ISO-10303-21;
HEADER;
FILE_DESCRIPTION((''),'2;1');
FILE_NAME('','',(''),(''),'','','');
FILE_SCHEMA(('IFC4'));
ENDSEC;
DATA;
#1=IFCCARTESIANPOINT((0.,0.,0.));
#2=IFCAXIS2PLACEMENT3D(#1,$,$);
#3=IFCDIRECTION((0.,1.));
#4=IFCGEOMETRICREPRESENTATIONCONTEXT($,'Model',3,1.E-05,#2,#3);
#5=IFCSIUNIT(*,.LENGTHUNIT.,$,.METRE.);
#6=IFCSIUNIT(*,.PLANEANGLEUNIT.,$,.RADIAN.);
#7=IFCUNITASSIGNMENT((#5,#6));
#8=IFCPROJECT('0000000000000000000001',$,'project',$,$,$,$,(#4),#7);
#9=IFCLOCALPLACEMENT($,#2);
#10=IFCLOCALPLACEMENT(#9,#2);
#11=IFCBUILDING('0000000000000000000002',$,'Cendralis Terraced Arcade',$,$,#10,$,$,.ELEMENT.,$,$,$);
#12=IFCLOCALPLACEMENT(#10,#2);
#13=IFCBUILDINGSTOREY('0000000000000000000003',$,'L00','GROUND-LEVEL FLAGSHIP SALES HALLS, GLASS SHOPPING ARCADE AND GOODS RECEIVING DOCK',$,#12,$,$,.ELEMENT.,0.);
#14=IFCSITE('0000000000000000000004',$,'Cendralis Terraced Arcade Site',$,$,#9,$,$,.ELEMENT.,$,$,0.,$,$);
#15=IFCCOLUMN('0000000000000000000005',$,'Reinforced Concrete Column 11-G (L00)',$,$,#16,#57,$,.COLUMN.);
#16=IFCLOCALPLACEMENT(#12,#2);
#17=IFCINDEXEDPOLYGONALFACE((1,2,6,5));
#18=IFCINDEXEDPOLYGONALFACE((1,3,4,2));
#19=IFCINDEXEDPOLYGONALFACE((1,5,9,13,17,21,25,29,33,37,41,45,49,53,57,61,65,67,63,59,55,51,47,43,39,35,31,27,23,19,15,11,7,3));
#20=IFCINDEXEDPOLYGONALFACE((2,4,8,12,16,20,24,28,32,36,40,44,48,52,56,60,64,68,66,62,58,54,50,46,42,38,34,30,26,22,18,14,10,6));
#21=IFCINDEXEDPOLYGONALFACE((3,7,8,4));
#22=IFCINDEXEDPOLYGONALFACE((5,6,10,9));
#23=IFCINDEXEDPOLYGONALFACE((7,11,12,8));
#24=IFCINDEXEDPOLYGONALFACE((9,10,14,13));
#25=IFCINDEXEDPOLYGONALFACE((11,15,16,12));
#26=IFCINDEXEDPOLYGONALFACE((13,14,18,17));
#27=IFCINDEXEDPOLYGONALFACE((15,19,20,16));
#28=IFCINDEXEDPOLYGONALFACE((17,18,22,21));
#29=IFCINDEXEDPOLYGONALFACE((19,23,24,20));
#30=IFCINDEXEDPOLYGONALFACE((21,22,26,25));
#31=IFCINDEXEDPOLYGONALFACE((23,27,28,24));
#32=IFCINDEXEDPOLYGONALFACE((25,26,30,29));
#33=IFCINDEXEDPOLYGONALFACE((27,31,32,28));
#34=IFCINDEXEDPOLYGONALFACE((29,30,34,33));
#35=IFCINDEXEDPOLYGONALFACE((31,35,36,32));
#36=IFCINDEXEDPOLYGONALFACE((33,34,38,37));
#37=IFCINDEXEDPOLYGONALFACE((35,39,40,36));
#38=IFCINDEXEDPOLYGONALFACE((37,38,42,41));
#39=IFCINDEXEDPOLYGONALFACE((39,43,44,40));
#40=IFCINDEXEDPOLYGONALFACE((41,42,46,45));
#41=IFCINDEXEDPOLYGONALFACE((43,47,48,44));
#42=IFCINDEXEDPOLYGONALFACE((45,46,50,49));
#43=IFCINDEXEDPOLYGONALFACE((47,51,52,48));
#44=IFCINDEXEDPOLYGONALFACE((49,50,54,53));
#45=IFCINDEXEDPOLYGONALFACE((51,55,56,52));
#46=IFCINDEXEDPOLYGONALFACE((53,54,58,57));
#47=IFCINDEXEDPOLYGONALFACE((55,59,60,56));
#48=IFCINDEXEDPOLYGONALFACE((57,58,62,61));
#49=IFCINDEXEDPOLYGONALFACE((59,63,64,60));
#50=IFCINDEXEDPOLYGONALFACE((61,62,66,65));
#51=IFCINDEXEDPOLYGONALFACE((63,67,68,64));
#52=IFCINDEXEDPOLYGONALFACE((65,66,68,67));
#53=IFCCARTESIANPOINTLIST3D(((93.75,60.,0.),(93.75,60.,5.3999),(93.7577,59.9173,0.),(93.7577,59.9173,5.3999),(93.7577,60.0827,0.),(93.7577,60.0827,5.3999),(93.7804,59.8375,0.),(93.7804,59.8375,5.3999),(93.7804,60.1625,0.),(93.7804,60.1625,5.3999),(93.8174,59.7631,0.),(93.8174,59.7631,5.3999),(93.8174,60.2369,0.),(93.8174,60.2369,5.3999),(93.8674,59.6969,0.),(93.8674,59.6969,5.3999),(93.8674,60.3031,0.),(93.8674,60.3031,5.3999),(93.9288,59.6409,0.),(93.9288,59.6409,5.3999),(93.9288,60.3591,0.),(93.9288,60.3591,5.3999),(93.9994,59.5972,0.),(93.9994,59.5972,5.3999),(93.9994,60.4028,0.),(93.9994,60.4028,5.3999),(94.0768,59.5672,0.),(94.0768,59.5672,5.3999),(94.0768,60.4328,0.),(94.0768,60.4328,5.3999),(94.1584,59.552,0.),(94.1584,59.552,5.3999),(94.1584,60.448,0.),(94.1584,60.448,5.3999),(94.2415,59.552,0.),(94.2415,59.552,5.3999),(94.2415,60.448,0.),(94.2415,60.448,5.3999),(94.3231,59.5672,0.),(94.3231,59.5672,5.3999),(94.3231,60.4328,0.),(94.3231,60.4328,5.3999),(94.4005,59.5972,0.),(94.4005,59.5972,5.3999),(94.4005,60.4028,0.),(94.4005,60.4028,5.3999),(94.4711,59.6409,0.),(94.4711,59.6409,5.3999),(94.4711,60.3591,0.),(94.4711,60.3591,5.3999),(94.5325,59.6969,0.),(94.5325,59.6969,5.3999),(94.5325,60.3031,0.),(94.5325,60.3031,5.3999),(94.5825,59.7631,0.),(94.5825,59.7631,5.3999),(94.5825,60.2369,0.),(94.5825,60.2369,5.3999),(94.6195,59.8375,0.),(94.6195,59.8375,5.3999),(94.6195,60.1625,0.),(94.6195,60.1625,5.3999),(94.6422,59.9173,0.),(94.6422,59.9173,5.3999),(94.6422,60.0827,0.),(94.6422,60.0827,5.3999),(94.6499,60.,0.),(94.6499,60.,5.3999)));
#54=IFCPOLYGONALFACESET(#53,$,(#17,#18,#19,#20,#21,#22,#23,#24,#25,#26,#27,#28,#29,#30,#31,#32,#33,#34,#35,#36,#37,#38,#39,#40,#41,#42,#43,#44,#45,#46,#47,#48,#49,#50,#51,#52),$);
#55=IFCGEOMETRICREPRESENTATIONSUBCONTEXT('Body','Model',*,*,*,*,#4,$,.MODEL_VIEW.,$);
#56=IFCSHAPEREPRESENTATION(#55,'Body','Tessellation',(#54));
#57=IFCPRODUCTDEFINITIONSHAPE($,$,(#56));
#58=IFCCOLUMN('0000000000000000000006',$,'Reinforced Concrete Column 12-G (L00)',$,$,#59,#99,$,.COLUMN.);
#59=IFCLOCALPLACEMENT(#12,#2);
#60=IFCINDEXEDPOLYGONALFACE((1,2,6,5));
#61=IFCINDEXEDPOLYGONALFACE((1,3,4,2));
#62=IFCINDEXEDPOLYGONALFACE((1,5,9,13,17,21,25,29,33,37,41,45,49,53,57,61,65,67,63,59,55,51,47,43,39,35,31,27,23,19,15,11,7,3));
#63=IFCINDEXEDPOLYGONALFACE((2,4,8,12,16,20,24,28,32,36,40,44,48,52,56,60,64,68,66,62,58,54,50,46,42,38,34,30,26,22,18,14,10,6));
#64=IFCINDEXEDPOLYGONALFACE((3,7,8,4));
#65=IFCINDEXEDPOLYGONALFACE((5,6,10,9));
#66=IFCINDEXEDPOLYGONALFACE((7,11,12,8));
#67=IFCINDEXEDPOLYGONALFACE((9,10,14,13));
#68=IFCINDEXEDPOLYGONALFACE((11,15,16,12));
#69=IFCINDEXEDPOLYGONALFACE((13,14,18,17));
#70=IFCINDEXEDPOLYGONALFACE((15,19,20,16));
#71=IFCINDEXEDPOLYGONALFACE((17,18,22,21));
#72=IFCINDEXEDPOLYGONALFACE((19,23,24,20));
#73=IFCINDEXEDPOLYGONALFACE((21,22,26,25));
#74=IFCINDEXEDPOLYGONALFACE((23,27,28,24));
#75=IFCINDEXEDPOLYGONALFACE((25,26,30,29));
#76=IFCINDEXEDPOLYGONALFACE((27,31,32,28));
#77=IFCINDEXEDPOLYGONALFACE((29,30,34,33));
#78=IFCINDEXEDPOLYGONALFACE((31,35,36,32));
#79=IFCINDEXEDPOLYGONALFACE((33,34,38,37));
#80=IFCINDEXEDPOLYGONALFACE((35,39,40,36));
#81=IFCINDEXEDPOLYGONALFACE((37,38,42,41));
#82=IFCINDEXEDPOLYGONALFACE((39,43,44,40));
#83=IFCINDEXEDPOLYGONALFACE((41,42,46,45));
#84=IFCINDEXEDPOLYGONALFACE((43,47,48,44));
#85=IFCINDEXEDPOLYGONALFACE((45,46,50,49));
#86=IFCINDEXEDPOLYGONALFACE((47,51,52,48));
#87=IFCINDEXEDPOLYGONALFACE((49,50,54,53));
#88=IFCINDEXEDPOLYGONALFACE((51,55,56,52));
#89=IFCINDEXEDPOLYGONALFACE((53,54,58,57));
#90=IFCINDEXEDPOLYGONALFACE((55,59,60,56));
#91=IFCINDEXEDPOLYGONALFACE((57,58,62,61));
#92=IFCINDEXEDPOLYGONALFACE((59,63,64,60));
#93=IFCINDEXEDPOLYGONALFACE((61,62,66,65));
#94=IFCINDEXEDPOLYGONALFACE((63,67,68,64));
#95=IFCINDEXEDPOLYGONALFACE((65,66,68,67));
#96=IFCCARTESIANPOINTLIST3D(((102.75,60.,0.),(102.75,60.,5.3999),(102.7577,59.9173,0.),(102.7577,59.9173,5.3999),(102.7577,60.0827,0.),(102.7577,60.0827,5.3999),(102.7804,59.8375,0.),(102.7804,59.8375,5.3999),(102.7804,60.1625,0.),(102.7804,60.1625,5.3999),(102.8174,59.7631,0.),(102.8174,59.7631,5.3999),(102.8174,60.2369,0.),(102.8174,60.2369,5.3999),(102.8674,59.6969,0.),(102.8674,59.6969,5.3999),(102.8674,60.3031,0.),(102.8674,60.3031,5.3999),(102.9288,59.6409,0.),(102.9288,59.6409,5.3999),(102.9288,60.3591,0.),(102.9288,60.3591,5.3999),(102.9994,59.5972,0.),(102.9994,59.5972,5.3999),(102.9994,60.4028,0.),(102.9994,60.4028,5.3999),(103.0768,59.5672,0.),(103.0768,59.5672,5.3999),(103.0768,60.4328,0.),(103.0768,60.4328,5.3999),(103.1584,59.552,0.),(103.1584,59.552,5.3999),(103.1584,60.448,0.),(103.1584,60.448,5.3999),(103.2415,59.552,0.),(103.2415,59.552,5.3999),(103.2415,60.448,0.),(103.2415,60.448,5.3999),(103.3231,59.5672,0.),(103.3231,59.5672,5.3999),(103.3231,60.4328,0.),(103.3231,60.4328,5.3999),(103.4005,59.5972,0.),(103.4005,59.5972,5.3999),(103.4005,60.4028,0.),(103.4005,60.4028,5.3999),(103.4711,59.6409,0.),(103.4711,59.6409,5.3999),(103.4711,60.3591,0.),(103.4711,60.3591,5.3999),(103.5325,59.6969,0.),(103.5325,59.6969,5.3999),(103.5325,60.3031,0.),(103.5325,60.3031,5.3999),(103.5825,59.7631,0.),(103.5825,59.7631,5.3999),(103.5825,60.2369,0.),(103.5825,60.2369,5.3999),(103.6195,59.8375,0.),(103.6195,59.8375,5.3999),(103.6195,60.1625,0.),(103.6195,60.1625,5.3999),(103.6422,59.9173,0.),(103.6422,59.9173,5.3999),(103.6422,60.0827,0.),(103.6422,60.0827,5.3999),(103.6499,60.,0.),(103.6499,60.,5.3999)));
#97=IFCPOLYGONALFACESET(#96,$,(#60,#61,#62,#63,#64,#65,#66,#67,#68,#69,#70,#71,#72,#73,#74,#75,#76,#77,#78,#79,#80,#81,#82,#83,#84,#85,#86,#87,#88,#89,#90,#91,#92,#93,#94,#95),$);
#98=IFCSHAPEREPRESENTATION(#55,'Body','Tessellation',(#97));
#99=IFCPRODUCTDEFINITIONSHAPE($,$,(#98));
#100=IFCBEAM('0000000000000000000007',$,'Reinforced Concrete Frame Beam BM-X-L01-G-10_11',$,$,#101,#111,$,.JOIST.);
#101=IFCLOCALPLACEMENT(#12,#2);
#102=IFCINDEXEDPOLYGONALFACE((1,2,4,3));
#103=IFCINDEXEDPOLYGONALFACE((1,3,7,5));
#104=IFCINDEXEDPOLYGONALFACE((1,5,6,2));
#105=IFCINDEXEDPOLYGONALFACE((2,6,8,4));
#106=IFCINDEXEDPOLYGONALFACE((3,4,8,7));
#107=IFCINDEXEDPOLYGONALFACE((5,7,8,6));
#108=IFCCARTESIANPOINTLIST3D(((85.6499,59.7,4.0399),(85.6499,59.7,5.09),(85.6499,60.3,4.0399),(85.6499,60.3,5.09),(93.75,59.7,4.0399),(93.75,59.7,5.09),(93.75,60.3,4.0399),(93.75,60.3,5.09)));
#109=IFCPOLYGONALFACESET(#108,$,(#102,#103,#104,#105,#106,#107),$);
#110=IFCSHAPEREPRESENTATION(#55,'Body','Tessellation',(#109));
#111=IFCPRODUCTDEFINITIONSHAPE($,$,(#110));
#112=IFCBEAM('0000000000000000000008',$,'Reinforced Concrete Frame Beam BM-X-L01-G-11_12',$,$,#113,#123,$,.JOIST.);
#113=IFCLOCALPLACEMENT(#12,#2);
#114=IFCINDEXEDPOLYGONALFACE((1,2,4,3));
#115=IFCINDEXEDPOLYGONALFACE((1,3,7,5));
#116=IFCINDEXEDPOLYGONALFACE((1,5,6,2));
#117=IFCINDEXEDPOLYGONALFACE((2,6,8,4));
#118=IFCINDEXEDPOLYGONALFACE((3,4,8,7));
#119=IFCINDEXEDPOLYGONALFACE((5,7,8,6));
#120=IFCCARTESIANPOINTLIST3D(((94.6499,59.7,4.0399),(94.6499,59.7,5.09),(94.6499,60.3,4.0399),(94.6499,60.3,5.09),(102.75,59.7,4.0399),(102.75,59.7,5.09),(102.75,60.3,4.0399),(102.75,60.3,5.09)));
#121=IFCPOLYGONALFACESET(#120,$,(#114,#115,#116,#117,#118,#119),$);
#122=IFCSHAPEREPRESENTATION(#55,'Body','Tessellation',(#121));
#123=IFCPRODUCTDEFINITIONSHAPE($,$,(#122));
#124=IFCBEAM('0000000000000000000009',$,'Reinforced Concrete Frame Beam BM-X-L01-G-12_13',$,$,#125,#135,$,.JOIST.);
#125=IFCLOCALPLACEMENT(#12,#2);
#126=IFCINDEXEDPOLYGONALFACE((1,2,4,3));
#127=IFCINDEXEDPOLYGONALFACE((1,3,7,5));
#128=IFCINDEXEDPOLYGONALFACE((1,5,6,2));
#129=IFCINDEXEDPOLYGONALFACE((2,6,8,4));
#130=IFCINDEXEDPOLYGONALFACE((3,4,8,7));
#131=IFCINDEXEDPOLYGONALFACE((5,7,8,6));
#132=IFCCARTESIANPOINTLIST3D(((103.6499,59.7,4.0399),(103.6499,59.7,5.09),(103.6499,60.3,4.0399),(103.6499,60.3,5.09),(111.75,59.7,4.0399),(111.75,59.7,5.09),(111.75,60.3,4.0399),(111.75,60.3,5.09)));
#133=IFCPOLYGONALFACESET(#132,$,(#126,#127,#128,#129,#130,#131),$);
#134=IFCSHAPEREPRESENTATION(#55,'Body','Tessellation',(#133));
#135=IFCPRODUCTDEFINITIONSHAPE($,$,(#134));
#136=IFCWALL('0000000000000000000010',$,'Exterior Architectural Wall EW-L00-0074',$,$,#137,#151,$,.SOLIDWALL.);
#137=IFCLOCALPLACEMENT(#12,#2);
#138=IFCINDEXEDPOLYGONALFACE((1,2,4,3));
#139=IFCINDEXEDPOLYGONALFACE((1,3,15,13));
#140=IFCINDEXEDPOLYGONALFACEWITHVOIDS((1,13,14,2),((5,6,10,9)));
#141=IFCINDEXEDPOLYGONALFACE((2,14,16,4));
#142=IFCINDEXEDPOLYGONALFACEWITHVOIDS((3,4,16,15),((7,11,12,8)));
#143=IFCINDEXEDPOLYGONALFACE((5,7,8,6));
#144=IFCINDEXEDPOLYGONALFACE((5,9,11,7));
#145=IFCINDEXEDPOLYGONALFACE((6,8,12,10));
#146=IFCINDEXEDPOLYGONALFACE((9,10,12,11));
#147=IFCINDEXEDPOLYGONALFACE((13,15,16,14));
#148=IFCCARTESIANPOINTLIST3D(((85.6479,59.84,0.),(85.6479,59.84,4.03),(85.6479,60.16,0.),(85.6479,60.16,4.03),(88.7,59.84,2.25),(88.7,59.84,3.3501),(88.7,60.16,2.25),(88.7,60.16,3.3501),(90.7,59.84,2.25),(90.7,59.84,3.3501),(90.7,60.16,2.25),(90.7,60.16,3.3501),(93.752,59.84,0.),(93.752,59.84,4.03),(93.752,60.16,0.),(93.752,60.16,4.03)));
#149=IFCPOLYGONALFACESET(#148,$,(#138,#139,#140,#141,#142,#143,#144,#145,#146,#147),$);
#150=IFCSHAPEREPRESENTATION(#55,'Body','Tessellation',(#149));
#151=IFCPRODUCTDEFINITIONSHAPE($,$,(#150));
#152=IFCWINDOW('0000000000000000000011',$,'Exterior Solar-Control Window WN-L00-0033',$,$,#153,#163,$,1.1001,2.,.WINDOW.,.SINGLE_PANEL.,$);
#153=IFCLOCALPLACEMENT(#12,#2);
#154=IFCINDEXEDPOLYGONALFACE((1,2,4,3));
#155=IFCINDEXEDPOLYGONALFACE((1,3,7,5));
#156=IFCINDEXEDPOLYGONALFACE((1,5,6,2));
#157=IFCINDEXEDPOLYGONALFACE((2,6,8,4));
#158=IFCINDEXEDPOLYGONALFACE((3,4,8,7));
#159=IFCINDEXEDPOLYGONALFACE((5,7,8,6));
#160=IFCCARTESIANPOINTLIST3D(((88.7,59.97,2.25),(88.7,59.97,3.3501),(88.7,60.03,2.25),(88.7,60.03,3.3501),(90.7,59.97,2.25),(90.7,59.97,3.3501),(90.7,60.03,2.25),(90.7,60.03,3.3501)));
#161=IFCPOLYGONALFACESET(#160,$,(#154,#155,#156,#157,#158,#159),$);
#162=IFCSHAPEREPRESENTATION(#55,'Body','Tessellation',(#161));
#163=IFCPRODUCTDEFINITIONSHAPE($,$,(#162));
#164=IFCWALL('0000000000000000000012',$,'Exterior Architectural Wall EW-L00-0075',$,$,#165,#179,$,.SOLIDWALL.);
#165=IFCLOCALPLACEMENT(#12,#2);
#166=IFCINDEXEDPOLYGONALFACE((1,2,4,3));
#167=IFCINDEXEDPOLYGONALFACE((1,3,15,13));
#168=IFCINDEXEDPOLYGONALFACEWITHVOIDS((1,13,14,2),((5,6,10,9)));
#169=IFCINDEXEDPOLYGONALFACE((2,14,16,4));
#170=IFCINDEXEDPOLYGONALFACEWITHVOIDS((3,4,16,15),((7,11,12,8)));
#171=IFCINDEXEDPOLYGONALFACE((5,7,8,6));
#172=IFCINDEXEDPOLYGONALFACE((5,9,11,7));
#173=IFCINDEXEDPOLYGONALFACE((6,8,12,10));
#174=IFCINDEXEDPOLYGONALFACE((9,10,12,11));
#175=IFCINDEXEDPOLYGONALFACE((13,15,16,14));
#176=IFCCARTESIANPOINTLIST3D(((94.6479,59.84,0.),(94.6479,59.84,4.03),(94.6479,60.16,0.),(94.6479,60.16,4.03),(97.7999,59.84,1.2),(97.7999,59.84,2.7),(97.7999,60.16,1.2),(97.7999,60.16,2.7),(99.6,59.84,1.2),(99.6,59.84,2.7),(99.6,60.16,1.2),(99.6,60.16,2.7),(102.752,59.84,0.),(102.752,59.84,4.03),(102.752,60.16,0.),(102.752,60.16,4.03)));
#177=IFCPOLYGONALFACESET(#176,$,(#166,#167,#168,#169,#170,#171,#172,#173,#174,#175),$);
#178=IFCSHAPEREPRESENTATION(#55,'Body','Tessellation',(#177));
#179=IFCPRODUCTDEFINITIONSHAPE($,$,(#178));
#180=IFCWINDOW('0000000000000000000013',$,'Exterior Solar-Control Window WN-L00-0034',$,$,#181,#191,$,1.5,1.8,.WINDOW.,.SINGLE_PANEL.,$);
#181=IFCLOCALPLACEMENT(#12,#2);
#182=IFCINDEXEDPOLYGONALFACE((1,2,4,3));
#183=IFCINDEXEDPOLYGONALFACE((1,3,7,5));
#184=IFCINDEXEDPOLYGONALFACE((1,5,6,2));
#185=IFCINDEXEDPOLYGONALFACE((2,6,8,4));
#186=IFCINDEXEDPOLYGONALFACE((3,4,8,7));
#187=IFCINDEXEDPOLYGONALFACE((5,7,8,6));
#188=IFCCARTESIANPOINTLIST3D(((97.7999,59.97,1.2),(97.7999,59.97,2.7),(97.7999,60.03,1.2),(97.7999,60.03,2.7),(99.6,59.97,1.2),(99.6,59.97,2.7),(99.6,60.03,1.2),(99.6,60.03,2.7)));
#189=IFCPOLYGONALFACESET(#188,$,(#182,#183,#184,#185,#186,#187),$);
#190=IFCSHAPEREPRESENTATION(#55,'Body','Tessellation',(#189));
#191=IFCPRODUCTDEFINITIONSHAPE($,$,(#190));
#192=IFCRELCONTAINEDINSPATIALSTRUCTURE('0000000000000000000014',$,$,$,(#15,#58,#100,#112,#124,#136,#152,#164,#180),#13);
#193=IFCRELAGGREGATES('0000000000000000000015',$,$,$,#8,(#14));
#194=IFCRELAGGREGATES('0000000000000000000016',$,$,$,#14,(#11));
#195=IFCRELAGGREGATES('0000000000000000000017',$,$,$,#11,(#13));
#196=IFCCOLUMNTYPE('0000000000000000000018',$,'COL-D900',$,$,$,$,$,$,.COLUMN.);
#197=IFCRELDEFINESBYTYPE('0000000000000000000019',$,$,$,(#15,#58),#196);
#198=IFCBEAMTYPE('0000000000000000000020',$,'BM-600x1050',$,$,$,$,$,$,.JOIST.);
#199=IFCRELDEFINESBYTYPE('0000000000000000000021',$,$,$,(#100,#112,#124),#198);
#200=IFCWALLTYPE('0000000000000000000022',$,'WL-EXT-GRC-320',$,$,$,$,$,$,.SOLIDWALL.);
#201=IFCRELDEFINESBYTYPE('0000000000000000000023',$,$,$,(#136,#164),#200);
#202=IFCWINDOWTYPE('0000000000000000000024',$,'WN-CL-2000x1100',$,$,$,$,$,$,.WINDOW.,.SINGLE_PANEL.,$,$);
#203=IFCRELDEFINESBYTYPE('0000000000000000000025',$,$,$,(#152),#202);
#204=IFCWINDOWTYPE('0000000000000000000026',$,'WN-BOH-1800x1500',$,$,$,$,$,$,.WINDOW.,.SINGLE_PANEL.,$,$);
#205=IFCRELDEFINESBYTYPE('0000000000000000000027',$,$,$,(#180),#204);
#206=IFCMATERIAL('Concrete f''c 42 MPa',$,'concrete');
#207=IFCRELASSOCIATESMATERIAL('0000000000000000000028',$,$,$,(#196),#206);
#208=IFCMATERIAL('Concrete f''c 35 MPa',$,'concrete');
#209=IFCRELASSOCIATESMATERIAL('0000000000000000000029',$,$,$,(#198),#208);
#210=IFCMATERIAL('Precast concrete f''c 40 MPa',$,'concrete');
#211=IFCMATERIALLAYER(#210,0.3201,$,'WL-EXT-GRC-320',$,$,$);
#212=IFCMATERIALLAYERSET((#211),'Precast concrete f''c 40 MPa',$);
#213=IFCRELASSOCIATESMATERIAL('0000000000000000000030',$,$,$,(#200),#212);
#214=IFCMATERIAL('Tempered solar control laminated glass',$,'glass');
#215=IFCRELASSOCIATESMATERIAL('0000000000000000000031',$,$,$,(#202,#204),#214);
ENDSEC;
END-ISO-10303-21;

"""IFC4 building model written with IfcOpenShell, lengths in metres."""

from ifc_helpers import new_model, si_unit, direction, frame, frame_2d, origin, origin_2d, place, context, subcontext, project, spatial, rectangle, circle, extrude, material, layer, layer_set, material_profile, profile_set, type_object, element, fill, save


model = new_model("IFC4")

# Units and contexts
model_context = context("Model", 3, precision=1e-05, world=origin(), true_north=direction((0.0, 1.0)))
body_context = subcontext(model_context, "Body", "Model", "MODEL_VIEW")
ifc_project = project(units=[si_unit("LENGTHUNIT", "METRE"), si_unit("PLANEANGLEUNIT", "RADIAN")], contexts=[model_context])

# Site, building, storey
site_placement = place(None, origin())
site = spatial("IfcSite", under=ifc_project, at=site_placement, Name="Cendralis Terraced Arcade Site", CompositionType="ELEMENT", RefElevation=0.0)
building_placement = place(site_placement, origin())
building = spatial("IfcBuilding", under=site, at=building_placement, Name="Cendralis Terraced Arcade", CompositionType="ELEMENT")
storey_placement = place(building_placement, origin())
storey = spatial("IfcBuildingStorey", under=building, at=storey_placement, Name="L00", Description="GROUND-LEVEL FLAGSHIP SALES HALLS, GLASS SHOPPING ARCADE AND GOODS RECEIVING DOCK", CompositionType="ELEMENT", Elevation=0.0)

# Shared definitions
ifc_material_1 = material(Name="Concrete f'c 35 MPa", Category="concrete")

# Columns
ifc_material_2 = material(Name="Concrete f'c 42 MPa", Category="concrete")
ifc_material_profile_1 = material_profile(ifc_material_2, circle(Radius=0.45, at=origin_2d()), Name="RC-COL-D900", Category="LoadBearing")
ifc_profile_set_1 = profile_set([ifc_material_profile_1], Name="Concrete f'c 42 MPa")
column_type_1 = type_object("IfcColumnType", Name="COL-D900", PredefinedType="COLUMN", material=ifc_profile_set_1)
for number, where, z_axis, x_axis, name in (
    (1, (94.2, 60.0, 0.0), (0.0, 0.0, 1.0), (1.0, 0.0, 0.0), "Reinforced Concrete Column 11-G (L00)"),
    (2, (103.2, 60.0, 0.0), (0.0, 0.0, 1.0), (1.0, 0.0, 0.0), "Reinforced Concrete Column 12-G (L00)"),
):
    element("IfcColumn", number, at=place(storey_placement, frame(where, z_axis=z_axis, x_axis=x_axis)), inside=storey, type_object=column_type_1, Name=name, PredefinedType="COLUMN", context=body_context, shape_type="SweptSolid", body=[
        extrude(circle(Radius=0.45, at=origin_2d()), origin(), (0.0, 0.0, 1.0), 5.3999),
    ])

# Beams
ifc_material_profile_2 = material_profile(ifc_material_1, rectangle(XDim=0.6001, YDim=1.05, at=origin_2d()), Name="RC-BM-600x1050", Category="LoadBearing")
ifc_profile_set_2 = profile_set([ifc_material_profile_2], Name="Concrete f'c 35 MPa")
beam_type = type_object("IfcBeamType", Name="BM-600x1050", PredefinedType="JOIST", material=ifc_profile_set_2)
for number, where, z_axis, x_axis, name in (
    (3, (85.6499, 60.0, 4.5649), (1.0, 0.0, 0.0), (0.0, 1.0, 0.0), "Reinforced Concrete Frame Beam BM-X-L01-G-10_11"),
    (4, (94.6499, 60.0, 4.5649), (1.0, 0.0, 0.0), (0.0, 1.0, 0.0), "Reinforced Concrete Frame Beam BM-X-L01-G-11_12"),
    (5, (103.6499, 60.0, 4.5649), (1.0, 0.0, 0.0), (0.0, 1.0, 0.0), "Reinforced Concrete Frame Beam BM-X-L01-G-12_13"),
):
    element("IfcBeam", number, at=place(storey_placement, frame(where, z_axis=z_axis, x_axis=x_axis)), inside=storey, type_object=beam_type, Name=name, PredefinedType="JOIST", context=body_context, shape_type="SweptSolid", body=[
        extrude(rectangle(XDim=0.6001, YDim=1.05, at=origin_2d()), origin(), (0.0, 0.0, 1.0), 8.1001),
    ])

# Walls, openings, windows
ifc_material_3 = material(Name="Precast concrete f'c 40 MPa", Category="concrete")
ifc_layer_1 = layer(ifc_material_3, 0.3201, Name="WL-EXT-GRC-320")
ifc_layer_set_1 = layer_set([ifc_layer_1], Name="Precast concrete f'c 40 MPa")
wall_type = type_object("IfcWallType", Name="WL-EXT-GRC-320", PredefinedType="SOLIDWALL", material=ifc_layer_set_1)
wall_1_placement = place(storey_placement, frame((85.6479, 60.0, 0.0), z_axis=(0.0, 0.0, 1.0), x_axis=(1.0, 0.0, 0.0)))
wall_1 = element("IfcWall", 6, at=wall_1_placement, inside=storey, type_object=wall_type, Name="Exterior Architectural Wall EW-L00-0074", PredefinedType="SOLIDWALL", context=body_context, shape_type="SweptSolid", body=[
    extrude(rectangle(XDim=8.104, YDim=0.3201, at=frame_2d((4.052, 0.0))), origin(), (0.0, 0.0, 1.0), 4.03),
])
opening_1_placement = place(wall_1_placement, frame((3.052, 0.0, 2.25)))
opening_1 = element("IfcOpeningElement", 7, at=opening_1_placement, cuts=wall_1, PredefinedType="OPENING", context=body_context, shape_type="SweptSolid", body=[
    extrude(rectangle(XDim=2.0, YDim=1.1001, at=frame_2d((1.0, 0.55))), frame((0.0, 0.1719, 0.0), z_axis=(0.0, -1.0, 0.0), x_axis=(1.0, 0.0, 0.0)), (0.0, 0.0, 1.0), 0.344),
])
ifc_material_4 = material(Name="Tempered solar control laminated glass", Category="glass")
window_type_1 = type_object("IfcWindowType", Name="WN-CL-2000x1100", PartitioningType="SINGLE_PANEL", PredefinedType="WINDOW", material=ifc_material_4)
window_1_placement = place(opening_1_placement, origin())
window_1 = element("IfcWindow", 8, at=window_1_placement, inside=storey, type_object=window_type_1, Name="Exterior Solar-Control Window WN-L00-0033", OverallHeight=1.1001, OverallWidth=2.0, PartitioningType="SINGLE_PANEL", PredefinedType="WINDOW", context=body_context, shape_type="SweptSolid", body=[
    extrude(rectangle(XDim=2.0, YDim=1.1001, at=frame_2d((1.0, 0.55))), frame((0.0, 0.03, 0.0), z_axis=(0.0, -1.0, 0.0), x_axis=(1.0, 0.0, 0.0)), (0.0, 0.0, 1.0), 0.0601),
])
fill(opening_1, window_1)
wall_2_placement = place(storey_placement, frame((94.6479, 60.0, 0.0), z_axis=(0.0, 0.0, 1.0), x_axis=(1.0, 0.0, 0.0)))
wall_2 = element("IfcWall", 9, at=wall_2_placement, inside=storey, type_object=wall_type, Name="Exterior Architectural Wall EW-L00-0075", PredefinedType="SOLIDWALL", context=body_context, shape_type="SweptSolid", body=[
    extrude(rectangle(XDim=8.104, YDim=0.3201, at=frame_2d((4.052, 0.0))), origin(), (0.0, 0.0, 1.0), 4.03),
])
opening_2_placement = place(wall_2_placement, frame((3.1521, 0.0, 1.2)))
opening_2 = element("IfcOpeningElement", 10, at=opening_2_placement, cuts=wall_2, PredefinedType="OPENING", context=body_context, shape_type="SweptSolid", body=[
    extrude(rectangle(XDim=1.8, YDim=1.5, at=frame_2d((0.8999, 0.75))), frame((0.0, 0.1719, 0.0), z_axis=(0.0, -1.0, 0.0), x_axis=(1.0, 0.0, 0.0)), (0.0, 0.0, 1.0), 0.344),
])
window_type_2 = type_object("IfcWindowType", Name="WN-BOH-1800x1500", PartitioningType="SINGLE_PANEL", PredefinedType="WINDOW", material=ifc_material_4)
window_2_placement = place(opening_2_placement, origin())
window_2 = element("IfcWindow", 11, at=window_2_placement, inside=storey, type_object=window_type_2, Name="Exterior Solar-Control Window WN-L00-0034", OverallHeight=1.5, OverallWidth=1.8, PartitioningType="SINGLE_PANEL", PredefinedType="WINDOW", context=body_context, shape_type="SweptSolid", body=[
    extrude(rectangle(XDim=1.8, YDim=1.5, at=frame_2d((0.8999, 0.75))), frame((0.0, 0.03, 0.0), z_axis=(0.0, -1.0, 0.0), x_axis=(1.0, 0.0, 0.0)), (0.0, 0.0, 1.0), 0.0601),
])
fill(opening_2, window_2)

save(model, "model.ifc")
